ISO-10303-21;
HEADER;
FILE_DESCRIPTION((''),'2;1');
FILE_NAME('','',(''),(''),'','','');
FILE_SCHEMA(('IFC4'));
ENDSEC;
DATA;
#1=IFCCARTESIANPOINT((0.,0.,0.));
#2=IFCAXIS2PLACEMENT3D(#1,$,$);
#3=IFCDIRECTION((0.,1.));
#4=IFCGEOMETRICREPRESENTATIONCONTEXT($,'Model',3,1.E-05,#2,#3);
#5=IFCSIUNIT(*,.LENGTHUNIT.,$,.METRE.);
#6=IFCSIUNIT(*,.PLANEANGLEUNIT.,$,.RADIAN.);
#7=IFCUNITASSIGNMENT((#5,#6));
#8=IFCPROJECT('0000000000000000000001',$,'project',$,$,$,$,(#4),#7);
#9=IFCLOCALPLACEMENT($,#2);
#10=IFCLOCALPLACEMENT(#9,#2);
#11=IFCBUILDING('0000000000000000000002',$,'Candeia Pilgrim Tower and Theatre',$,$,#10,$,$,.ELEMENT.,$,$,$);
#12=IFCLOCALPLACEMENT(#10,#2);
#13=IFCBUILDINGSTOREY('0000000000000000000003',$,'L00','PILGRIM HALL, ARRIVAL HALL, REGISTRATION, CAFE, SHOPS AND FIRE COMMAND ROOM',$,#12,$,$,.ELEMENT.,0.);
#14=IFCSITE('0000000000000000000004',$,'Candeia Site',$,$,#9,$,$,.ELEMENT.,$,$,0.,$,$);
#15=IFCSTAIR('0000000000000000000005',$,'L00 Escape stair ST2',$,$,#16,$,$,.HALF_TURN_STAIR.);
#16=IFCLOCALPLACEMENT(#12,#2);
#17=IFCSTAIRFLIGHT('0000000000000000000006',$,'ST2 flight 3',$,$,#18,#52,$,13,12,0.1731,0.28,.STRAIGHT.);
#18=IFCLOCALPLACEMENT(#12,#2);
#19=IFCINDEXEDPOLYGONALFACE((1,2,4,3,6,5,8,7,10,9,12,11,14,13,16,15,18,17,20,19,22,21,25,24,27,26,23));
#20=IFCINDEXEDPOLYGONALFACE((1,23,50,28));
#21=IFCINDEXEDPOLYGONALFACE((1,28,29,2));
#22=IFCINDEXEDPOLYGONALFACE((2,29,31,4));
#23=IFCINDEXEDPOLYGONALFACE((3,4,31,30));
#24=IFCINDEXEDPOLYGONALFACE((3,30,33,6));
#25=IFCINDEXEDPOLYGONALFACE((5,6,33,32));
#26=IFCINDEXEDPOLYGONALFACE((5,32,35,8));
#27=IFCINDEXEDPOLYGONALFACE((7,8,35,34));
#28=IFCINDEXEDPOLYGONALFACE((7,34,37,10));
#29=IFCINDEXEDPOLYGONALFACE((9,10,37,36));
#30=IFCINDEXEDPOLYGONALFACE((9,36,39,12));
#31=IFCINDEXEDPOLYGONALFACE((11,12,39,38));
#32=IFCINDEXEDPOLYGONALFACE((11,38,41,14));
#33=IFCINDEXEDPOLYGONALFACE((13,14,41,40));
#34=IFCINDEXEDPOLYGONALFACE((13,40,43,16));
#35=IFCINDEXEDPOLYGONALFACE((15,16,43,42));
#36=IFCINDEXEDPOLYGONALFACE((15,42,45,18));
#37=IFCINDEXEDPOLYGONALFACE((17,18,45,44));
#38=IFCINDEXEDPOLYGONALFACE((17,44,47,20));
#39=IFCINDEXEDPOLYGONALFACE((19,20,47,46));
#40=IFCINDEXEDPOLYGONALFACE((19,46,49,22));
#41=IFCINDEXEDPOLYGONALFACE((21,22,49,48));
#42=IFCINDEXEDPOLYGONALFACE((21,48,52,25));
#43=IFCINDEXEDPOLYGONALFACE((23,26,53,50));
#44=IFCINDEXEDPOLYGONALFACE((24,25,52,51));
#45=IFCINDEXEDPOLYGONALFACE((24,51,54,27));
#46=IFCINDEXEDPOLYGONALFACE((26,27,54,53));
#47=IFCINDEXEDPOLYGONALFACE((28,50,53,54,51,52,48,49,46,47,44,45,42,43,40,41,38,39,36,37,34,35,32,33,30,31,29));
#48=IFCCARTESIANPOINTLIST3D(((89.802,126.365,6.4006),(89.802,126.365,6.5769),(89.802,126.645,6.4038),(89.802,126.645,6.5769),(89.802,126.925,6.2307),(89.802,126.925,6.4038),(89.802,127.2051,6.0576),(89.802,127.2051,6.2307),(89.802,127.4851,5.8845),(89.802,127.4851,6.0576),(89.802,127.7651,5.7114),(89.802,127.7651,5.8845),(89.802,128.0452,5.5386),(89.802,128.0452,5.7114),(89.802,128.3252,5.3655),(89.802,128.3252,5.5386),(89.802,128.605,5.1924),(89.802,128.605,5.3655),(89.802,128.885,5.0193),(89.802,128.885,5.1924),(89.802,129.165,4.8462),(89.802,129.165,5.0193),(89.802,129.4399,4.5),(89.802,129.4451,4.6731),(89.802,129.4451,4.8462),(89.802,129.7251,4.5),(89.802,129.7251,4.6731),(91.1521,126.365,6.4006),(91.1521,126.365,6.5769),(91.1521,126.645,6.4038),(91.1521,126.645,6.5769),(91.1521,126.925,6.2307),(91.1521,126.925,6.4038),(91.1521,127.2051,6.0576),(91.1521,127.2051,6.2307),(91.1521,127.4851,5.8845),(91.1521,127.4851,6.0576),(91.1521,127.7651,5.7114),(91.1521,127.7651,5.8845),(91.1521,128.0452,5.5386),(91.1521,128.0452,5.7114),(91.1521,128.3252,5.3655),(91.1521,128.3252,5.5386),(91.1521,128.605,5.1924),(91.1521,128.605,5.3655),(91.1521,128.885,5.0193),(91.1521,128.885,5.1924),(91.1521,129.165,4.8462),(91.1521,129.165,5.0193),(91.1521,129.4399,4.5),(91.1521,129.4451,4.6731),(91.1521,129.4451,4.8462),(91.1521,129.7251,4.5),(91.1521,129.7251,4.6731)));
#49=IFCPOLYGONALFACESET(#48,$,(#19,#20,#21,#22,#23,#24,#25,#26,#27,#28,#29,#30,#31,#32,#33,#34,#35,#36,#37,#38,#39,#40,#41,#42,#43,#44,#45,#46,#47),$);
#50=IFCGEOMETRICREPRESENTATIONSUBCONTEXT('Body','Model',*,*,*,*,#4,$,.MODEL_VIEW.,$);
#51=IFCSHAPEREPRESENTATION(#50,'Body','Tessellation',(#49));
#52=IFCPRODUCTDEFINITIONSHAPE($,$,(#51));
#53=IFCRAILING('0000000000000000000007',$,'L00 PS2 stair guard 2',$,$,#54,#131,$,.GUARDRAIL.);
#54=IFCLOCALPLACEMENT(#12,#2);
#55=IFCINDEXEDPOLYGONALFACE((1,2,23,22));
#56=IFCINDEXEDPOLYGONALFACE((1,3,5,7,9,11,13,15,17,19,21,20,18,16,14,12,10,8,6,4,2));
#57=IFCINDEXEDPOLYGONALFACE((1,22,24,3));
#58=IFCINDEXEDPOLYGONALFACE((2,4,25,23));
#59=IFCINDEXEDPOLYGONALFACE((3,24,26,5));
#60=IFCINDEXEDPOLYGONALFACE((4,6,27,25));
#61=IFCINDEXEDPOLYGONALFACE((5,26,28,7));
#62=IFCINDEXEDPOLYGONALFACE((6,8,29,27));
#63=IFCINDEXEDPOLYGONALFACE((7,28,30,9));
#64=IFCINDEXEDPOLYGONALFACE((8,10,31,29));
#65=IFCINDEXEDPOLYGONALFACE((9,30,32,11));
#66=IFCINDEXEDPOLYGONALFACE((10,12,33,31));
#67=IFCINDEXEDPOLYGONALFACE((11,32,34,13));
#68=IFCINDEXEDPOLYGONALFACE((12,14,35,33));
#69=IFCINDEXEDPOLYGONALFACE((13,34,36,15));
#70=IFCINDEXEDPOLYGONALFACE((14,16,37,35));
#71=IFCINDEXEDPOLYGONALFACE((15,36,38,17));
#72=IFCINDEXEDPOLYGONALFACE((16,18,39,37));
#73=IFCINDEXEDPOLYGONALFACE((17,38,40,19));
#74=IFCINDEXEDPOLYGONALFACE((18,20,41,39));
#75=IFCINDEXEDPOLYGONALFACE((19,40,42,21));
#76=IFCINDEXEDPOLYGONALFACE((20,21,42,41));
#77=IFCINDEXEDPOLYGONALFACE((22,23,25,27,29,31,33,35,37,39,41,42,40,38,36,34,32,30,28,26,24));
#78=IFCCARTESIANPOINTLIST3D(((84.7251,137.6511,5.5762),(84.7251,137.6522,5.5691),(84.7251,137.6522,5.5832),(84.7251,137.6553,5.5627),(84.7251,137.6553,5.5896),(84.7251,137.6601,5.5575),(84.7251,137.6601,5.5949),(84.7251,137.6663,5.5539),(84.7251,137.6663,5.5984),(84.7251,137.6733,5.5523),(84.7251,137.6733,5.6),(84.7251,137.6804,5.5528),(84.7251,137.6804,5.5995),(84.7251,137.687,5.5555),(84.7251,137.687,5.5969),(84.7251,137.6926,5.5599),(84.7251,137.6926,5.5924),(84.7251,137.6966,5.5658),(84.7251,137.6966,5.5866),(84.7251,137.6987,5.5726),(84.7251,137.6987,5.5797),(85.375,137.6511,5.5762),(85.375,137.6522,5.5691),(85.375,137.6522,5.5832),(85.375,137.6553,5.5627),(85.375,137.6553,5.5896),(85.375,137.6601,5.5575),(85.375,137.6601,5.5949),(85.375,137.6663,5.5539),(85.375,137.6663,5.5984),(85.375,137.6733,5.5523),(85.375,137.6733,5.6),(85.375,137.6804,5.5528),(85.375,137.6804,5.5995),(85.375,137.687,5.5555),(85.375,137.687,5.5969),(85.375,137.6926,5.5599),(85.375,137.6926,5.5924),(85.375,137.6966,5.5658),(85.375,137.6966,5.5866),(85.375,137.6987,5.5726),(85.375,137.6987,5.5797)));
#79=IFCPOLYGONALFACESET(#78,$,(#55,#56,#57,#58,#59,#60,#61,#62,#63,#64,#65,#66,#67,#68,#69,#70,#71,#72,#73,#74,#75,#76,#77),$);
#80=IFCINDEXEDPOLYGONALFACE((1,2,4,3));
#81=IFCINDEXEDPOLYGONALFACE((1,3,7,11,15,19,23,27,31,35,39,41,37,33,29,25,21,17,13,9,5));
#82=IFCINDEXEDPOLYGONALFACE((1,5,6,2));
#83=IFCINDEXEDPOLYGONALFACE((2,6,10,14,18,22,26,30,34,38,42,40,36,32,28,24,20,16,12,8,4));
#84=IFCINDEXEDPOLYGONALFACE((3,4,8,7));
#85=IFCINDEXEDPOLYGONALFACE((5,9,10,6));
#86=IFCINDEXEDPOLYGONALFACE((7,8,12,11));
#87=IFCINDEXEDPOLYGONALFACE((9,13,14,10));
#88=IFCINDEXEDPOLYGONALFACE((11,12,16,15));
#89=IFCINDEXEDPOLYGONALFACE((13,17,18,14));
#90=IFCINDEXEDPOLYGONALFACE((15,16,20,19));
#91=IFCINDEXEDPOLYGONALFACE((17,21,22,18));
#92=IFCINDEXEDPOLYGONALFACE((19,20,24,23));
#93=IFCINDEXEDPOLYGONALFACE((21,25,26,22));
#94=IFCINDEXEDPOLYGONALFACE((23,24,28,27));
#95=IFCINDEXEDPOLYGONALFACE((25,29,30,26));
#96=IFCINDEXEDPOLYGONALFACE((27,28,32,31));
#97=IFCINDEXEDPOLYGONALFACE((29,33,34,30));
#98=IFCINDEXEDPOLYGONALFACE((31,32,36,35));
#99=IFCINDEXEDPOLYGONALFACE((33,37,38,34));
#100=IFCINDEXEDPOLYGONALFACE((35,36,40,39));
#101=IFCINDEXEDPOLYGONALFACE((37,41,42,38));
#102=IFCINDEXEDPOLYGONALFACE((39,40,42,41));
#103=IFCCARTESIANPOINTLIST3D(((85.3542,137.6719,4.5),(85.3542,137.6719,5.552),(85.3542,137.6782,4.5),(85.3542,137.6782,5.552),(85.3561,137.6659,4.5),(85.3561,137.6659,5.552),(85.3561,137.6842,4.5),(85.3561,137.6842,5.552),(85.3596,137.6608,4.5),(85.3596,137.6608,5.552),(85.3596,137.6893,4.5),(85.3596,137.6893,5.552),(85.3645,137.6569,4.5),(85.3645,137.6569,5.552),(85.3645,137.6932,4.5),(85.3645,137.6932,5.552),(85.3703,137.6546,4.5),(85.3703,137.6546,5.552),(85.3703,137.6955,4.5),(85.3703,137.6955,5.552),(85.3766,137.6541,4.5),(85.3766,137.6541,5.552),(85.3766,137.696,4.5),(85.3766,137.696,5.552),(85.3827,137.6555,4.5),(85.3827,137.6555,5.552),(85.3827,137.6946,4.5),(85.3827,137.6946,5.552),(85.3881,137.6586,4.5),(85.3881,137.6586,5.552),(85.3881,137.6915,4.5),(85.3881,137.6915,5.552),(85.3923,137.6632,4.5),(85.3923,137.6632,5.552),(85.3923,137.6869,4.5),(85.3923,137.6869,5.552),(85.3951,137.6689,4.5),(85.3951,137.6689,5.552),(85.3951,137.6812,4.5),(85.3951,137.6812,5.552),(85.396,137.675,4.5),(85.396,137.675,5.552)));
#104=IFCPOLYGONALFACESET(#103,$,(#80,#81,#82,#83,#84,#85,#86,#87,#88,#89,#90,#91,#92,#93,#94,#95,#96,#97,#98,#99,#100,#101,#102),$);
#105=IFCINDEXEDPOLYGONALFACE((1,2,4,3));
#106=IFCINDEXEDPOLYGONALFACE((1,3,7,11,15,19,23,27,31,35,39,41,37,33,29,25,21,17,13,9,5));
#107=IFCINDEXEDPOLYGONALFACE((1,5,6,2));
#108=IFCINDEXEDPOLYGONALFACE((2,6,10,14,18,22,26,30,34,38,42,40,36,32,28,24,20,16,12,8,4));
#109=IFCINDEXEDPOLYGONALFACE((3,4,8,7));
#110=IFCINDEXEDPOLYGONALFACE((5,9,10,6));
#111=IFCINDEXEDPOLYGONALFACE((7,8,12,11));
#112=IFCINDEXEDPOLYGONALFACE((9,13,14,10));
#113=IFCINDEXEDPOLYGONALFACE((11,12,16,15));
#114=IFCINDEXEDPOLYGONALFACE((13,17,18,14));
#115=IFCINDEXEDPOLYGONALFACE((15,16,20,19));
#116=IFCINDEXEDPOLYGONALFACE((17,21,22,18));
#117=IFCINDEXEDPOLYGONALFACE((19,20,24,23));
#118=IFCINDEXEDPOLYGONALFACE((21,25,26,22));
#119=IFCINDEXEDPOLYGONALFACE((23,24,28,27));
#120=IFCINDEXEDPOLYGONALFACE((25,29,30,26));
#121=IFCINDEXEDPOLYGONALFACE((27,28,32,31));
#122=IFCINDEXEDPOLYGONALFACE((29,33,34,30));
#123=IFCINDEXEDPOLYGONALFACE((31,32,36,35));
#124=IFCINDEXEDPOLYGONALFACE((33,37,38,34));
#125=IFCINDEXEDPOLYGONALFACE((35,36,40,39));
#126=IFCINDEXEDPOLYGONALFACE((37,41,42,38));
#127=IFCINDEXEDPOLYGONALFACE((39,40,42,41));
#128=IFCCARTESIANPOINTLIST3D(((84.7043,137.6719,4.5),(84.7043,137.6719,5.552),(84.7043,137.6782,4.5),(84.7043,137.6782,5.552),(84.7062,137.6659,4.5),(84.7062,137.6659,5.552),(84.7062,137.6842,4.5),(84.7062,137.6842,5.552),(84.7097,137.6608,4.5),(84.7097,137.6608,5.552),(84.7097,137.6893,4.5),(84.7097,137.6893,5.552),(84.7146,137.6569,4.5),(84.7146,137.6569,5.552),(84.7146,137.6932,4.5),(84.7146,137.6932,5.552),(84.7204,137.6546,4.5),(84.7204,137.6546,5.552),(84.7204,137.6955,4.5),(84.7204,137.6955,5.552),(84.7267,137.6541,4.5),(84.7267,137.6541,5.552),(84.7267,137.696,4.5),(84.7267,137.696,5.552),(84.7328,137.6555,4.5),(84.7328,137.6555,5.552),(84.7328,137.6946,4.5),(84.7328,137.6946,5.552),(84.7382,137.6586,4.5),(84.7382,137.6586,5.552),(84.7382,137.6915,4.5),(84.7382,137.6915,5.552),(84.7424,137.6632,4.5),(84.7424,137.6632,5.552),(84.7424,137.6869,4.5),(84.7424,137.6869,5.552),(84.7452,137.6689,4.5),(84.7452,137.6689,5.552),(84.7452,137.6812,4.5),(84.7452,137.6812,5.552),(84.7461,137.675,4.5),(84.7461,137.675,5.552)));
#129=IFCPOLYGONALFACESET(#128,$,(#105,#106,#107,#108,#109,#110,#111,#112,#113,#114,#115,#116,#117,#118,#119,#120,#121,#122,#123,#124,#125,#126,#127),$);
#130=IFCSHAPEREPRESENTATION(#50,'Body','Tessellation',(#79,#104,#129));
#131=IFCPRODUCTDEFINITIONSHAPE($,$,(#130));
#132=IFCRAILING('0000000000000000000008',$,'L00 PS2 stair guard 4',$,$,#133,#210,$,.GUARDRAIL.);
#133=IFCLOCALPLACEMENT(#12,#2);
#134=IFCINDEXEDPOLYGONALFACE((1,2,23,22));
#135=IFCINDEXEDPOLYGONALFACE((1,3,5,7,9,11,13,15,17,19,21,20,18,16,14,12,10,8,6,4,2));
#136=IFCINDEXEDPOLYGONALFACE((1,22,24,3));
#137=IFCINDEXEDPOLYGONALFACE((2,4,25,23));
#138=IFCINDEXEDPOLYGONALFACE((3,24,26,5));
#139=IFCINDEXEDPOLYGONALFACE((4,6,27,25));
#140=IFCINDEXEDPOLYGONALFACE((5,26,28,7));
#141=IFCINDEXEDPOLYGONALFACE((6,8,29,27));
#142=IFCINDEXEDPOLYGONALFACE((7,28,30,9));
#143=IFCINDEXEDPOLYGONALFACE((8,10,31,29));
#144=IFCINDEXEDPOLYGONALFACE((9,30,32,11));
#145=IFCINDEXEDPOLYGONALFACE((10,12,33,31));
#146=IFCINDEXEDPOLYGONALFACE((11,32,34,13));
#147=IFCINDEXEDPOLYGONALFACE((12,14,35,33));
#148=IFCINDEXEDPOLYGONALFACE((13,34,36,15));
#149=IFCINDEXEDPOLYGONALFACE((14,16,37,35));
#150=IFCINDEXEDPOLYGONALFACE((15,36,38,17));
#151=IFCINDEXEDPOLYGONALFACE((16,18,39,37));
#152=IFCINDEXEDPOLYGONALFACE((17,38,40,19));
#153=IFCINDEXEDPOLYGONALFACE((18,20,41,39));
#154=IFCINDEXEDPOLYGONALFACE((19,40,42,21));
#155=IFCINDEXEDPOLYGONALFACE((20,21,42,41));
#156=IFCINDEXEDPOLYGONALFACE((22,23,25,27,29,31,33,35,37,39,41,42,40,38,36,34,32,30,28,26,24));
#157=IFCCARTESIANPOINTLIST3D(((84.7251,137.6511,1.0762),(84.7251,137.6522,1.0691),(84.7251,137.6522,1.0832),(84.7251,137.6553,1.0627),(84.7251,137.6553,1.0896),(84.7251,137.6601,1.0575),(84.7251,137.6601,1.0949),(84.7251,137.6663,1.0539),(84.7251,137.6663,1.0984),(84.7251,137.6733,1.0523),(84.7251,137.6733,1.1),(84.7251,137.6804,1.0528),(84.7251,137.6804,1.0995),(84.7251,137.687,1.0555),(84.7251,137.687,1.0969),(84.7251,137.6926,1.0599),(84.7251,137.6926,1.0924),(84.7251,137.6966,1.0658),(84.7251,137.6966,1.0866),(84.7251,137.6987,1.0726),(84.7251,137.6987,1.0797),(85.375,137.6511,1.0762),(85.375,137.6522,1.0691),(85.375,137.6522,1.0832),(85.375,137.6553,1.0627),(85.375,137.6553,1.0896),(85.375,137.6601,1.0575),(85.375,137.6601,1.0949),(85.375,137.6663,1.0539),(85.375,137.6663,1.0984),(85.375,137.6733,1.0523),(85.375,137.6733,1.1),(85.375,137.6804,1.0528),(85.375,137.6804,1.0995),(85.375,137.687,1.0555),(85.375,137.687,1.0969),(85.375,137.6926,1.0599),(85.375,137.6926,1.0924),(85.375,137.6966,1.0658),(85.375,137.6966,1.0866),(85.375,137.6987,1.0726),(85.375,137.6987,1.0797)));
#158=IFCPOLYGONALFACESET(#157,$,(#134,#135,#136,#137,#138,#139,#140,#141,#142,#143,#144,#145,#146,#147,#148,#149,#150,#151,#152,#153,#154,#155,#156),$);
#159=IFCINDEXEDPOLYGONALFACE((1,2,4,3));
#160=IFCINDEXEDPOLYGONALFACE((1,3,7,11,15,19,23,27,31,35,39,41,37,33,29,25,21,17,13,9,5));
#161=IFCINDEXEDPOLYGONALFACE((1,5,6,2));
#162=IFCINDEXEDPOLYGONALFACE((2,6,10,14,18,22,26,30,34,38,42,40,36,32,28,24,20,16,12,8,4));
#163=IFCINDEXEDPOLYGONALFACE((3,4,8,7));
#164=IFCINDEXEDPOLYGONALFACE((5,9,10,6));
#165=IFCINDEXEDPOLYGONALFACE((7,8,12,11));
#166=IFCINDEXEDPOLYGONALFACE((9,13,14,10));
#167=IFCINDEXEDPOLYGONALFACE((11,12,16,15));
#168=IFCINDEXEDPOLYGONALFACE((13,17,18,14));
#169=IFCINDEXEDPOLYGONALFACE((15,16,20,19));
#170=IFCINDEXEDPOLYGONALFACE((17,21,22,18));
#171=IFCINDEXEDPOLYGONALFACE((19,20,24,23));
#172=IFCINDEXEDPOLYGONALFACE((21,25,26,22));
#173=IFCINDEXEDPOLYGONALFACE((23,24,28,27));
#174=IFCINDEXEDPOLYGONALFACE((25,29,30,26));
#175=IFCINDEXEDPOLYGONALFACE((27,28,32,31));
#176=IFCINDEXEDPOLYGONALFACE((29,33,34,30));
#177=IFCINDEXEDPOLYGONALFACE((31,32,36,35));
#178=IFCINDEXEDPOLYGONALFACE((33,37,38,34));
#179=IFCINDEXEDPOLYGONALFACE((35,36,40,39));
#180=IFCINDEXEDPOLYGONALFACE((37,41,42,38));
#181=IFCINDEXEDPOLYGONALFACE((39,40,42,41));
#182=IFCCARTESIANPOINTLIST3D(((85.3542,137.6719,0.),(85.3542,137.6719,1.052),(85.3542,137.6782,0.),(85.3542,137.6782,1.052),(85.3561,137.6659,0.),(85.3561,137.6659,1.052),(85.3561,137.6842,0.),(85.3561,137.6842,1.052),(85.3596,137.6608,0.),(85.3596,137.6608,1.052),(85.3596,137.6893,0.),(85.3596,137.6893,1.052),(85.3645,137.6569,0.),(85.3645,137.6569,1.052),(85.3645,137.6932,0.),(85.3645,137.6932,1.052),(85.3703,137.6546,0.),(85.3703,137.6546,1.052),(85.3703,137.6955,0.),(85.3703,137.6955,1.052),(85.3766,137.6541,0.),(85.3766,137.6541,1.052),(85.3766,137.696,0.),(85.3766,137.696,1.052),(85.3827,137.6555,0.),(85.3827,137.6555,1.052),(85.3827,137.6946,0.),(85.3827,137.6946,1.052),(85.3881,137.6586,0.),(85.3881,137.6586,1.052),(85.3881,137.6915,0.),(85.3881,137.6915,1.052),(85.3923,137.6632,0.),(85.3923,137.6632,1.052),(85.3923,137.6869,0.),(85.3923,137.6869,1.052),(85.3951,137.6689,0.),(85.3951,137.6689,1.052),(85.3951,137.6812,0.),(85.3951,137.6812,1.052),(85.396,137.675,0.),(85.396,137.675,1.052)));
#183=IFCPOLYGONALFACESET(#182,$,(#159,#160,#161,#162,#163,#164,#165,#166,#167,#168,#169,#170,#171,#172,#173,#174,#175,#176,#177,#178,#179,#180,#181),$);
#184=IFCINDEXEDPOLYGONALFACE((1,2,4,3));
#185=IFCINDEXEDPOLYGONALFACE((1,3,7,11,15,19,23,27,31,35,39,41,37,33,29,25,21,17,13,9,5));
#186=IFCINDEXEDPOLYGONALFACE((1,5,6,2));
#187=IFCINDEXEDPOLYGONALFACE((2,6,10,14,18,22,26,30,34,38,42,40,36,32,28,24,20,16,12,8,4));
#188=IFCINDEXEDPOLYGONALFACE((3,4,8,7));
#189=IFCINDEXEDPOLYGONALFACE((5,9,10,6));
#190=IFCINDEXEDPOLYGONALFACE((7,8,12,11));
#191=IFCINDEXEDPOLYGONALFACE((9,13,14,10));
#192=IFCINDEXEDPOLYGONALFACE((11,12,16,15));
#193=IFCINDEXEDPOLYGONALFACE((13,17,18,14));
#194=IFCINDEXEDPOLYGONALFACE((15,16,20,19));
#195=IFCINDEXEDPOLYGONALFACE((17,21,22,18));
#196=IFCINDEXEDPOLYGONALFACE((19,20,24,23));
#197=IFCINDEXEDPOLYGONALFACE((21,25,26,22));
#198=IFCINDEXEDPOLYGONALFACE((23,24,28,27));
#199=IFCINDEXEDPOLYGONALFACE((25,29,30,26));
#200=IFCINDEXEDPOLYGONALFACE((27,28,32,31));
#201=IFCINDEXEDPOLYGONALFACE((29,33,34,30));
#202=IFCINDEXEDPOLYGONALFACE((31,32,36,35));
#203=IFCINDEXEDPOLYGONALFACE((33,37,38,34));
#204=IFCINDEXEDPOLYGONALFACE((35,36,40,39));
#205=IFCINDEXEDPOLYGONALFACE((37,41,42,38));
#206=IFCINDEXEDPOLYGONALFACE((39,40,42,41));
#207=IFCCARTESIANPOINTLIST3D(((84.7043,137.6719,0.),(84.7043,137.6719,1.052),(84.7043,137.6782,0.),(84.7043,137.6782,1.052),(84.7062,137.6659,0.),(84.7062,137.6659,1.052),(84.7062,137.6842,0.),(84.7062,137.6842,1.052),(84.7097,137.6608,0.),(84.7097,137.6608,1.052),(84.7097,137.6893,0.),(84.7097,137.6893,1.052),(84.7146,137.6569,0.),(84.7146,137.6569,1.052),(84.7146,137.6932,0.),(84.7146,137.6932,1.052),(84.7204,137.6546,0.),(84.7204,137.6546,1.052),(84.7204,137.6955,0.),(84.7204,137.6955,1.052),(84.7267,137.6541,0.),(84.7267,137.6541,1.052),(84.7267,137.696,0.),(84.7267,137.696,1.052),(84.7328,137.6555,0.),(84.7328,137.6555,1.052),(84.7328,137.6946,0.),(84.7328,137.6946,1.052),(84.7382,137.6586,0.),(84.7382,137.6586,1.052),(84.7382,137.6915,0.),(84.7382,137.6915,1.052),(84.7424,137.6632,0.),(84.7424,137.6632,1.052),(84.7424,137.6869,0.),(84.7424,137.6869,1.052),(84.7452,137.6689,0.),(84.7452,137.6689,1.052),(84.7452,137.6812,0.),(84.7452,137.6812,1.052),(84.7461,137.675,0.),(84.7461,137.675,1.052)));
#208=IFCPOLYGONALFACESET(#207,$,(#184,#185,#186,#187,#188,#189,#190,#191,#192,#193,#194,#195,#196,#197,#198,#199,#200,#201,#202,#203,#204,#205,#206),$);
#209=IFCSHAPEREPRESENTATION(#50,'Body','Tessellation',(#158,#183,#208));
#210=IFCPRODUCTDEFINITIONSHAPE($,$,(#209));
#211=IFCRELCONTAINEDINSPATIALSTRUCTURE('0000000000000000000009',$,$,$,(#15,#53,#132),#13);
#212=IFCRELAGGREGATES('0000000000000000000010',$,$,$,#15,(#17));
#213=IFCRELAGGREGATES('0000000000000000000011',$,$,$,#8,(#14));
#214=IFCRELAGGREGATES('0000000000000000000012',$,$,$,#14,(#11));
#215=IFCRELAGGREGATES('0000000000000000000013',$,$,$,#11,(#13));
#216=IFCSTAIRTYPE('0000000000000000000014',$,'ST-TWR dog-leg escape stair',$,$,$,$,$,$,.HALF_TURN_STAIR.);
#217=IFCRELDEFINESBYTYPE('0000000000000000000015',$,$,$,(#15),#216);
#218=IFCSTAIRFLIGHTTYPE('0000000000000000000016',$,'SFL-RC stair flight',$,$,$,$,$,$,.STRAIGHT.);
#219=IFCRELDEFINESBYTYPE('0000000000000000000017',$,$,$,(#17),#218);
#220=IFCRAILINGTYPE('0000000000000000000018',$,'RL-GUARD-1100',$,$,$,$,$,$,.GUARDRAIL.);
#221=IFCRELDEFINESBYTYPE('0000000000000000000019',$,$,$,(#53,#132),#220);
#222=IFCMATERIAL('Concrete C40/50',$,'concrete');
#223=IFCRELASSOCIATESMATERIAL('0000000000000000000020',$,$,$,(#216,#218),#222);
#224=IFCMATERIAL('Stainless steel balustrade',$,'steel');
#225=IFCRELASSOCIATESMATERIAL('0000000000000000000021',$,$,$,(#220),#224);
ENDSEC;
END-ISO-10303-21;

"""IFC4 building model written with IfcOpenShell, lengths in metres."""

from ifc_helpers import new_model, si_unit, direction, frame, origin, origin_2d, place, context, subcontext, project, spatial, polyline, circle, outline, extrude, material, type_object, element, aggregate, save


model = new_model("IFC4")

# Units and contexts
model_context = context("Model", 3, precision=1e-05, world=origin(), true_north=direction((0.0, 1.0)))
body_context = subcontext(model_context, "Body", "Model", "MODEL_VIEW")
ifc_project = project(units=[si_unit("LENGTHUNIT", "METRE"), si_unit("PLANEANGLEUNIT", "RADIAN")], contexts=[model_context])

# Site, building, storey
site_placement = place(None, origin())
site = spatial("IfcSite", under=ifc_project, at=site_placement, Name="Candeia Site", CompositionType="ELEMENT", RefElevation=0.0)
building_placement = place(site_placement, origin())
building = spatial("IfcBuilding", under=site, at=building_placement, Name="Candeia Pilgrim Tower and Theatre", CompositionType="ELEMENT")
storey_placement = place(building_placement, origin())
storey = spatial("IfcBuildingStorey", under=building, at=storey_placement, Name="L00", Description="PILGRIM HALL, ARRIVAL HALL, REGISTRATION, CAFE, SHOPS AND FIRE COMMAND ROOM", CompositionType="ELEMENT", Elevation=0.0)

# Shared definitions
ifc_material_1 = material(Name="Concrete C40/50", Category="concrete")

# Stair, stair flight
stair_type = type_object("IfcStairType", Name="ST-TWR dog-leg escape stair", PredefinedType="HALF_TURN_STAIR", material=ifc_material_1)
stair_placement = place(storey_placement, origin())
stair = element("IfcStair", 1, at=stair_placement, inside=storey, type_object=stair_type, Name="L00 Escape stair ST2", PredefinedType="HALF_TURN_STAIR")
stair_flight_type = type_object("IfcStairFlightType", Name="SFL-RC stair flight", PredefinedType="STRAIGHT", material=ifc_material_1)
stair_flight_1_placement = place(storey_placement, frame((90.4771, 129.7251, 4.5), z_axis=(0.0, 0.0, 1.0), x_axis=(0.0, -1.0, 0.0)))
stair_flight_1 = element("IfcStairFlight", 2, at=stair_flight_1_placement, type_object=stair_flight_type, Name="ST2 flight 3", NumberOfRisers=13, NumberOfTreads=12, PredefinedType="STRAIGHT", RiserHeight=0.1731, TreadLength=0.28, context=body_context, shape_type="SweptSolid", body=[
    extrude(outline(polyline([(0.0, 0.0), (0.0, 0.1731), (0.28, 0.1731), (0.28, 0.3462), (0.5601, 0.3462), (0.5601, 0.5193), (0.8401, 0.5193), (0.8401, 0.6924), (1.1201, 0.6924), (1.1201, 0.8655), (1.3999, 0.8655), (1.3999, 1.0386), (1.6799, 1.0386), (1.6799, 1.2114), (1.96, 1.2114), (1.96, 1.3845), (2.24, 1.3845), (2.24, 1.5576), (2.52, 1.5576), (2.52, 1.7307), (2.8, 1.7307), (2.8, 1.9038), (3.0801, 1.9038), (3.0801, 2.0769), (3.3601, 2.0769), (3.3601, 2.25), (3.3601, 1.9006), (0.2852, 0.0), (0.0, 0.0)])), frame((0.0, 0.675, 0.0), z_axis=(0.0, -1.0, 0.0), x_axis=(1.0, 0.0, 0.0)), (0.0, 0.0, 1.0), 1.3501),
])
aggregate(stair, [stair_flight_1])

# Railings
ifc_material_2 = material(Name="Stainless steel balustrade", Category="steel")
railing_type_1 = type_object("IfcRailingType", Name="RL-GUARD-1100", PredefinedType="GUARDRAIL", material=ifc_material_2)
for number, where, name in (
    (3, (85.375, 137.675, 4.5), "L00 PS2 stair guard 2"),
    (4, (85.375, 137.675, 0.0), "L00 PS2 stair guard 4"),
):
    element("IfcRailing", number, at=place(storey_placement, frame(where)), inside=storey, type_object=railing_type_1, Name=name, PredefinedType="GUARDRAIL", context=body_context, shape_type="SweptSolid", body=[
        extrude(circle(Radius=0.0239, at=origin_2d()), frame((0.0, 0.0, 1.0762), z_axis=(-1.0, 0.0, 0.0), x_axis=(0.0, -1.0, 0.0)), (0.0, 0.0, 1.0), 0.6499),
        extrude(circle(Radius=0.021, at=origin_2d()), origin(), (0.0, 0.0, 1.0), 1.052),
        extrude(circle(Radius=0.021, at=origin_2d()), frame((-0.6499, 0.0, 0.0)), (0.0, 0.0, 1.0), 1.052),
    ])

save(model, "model.ifc")
